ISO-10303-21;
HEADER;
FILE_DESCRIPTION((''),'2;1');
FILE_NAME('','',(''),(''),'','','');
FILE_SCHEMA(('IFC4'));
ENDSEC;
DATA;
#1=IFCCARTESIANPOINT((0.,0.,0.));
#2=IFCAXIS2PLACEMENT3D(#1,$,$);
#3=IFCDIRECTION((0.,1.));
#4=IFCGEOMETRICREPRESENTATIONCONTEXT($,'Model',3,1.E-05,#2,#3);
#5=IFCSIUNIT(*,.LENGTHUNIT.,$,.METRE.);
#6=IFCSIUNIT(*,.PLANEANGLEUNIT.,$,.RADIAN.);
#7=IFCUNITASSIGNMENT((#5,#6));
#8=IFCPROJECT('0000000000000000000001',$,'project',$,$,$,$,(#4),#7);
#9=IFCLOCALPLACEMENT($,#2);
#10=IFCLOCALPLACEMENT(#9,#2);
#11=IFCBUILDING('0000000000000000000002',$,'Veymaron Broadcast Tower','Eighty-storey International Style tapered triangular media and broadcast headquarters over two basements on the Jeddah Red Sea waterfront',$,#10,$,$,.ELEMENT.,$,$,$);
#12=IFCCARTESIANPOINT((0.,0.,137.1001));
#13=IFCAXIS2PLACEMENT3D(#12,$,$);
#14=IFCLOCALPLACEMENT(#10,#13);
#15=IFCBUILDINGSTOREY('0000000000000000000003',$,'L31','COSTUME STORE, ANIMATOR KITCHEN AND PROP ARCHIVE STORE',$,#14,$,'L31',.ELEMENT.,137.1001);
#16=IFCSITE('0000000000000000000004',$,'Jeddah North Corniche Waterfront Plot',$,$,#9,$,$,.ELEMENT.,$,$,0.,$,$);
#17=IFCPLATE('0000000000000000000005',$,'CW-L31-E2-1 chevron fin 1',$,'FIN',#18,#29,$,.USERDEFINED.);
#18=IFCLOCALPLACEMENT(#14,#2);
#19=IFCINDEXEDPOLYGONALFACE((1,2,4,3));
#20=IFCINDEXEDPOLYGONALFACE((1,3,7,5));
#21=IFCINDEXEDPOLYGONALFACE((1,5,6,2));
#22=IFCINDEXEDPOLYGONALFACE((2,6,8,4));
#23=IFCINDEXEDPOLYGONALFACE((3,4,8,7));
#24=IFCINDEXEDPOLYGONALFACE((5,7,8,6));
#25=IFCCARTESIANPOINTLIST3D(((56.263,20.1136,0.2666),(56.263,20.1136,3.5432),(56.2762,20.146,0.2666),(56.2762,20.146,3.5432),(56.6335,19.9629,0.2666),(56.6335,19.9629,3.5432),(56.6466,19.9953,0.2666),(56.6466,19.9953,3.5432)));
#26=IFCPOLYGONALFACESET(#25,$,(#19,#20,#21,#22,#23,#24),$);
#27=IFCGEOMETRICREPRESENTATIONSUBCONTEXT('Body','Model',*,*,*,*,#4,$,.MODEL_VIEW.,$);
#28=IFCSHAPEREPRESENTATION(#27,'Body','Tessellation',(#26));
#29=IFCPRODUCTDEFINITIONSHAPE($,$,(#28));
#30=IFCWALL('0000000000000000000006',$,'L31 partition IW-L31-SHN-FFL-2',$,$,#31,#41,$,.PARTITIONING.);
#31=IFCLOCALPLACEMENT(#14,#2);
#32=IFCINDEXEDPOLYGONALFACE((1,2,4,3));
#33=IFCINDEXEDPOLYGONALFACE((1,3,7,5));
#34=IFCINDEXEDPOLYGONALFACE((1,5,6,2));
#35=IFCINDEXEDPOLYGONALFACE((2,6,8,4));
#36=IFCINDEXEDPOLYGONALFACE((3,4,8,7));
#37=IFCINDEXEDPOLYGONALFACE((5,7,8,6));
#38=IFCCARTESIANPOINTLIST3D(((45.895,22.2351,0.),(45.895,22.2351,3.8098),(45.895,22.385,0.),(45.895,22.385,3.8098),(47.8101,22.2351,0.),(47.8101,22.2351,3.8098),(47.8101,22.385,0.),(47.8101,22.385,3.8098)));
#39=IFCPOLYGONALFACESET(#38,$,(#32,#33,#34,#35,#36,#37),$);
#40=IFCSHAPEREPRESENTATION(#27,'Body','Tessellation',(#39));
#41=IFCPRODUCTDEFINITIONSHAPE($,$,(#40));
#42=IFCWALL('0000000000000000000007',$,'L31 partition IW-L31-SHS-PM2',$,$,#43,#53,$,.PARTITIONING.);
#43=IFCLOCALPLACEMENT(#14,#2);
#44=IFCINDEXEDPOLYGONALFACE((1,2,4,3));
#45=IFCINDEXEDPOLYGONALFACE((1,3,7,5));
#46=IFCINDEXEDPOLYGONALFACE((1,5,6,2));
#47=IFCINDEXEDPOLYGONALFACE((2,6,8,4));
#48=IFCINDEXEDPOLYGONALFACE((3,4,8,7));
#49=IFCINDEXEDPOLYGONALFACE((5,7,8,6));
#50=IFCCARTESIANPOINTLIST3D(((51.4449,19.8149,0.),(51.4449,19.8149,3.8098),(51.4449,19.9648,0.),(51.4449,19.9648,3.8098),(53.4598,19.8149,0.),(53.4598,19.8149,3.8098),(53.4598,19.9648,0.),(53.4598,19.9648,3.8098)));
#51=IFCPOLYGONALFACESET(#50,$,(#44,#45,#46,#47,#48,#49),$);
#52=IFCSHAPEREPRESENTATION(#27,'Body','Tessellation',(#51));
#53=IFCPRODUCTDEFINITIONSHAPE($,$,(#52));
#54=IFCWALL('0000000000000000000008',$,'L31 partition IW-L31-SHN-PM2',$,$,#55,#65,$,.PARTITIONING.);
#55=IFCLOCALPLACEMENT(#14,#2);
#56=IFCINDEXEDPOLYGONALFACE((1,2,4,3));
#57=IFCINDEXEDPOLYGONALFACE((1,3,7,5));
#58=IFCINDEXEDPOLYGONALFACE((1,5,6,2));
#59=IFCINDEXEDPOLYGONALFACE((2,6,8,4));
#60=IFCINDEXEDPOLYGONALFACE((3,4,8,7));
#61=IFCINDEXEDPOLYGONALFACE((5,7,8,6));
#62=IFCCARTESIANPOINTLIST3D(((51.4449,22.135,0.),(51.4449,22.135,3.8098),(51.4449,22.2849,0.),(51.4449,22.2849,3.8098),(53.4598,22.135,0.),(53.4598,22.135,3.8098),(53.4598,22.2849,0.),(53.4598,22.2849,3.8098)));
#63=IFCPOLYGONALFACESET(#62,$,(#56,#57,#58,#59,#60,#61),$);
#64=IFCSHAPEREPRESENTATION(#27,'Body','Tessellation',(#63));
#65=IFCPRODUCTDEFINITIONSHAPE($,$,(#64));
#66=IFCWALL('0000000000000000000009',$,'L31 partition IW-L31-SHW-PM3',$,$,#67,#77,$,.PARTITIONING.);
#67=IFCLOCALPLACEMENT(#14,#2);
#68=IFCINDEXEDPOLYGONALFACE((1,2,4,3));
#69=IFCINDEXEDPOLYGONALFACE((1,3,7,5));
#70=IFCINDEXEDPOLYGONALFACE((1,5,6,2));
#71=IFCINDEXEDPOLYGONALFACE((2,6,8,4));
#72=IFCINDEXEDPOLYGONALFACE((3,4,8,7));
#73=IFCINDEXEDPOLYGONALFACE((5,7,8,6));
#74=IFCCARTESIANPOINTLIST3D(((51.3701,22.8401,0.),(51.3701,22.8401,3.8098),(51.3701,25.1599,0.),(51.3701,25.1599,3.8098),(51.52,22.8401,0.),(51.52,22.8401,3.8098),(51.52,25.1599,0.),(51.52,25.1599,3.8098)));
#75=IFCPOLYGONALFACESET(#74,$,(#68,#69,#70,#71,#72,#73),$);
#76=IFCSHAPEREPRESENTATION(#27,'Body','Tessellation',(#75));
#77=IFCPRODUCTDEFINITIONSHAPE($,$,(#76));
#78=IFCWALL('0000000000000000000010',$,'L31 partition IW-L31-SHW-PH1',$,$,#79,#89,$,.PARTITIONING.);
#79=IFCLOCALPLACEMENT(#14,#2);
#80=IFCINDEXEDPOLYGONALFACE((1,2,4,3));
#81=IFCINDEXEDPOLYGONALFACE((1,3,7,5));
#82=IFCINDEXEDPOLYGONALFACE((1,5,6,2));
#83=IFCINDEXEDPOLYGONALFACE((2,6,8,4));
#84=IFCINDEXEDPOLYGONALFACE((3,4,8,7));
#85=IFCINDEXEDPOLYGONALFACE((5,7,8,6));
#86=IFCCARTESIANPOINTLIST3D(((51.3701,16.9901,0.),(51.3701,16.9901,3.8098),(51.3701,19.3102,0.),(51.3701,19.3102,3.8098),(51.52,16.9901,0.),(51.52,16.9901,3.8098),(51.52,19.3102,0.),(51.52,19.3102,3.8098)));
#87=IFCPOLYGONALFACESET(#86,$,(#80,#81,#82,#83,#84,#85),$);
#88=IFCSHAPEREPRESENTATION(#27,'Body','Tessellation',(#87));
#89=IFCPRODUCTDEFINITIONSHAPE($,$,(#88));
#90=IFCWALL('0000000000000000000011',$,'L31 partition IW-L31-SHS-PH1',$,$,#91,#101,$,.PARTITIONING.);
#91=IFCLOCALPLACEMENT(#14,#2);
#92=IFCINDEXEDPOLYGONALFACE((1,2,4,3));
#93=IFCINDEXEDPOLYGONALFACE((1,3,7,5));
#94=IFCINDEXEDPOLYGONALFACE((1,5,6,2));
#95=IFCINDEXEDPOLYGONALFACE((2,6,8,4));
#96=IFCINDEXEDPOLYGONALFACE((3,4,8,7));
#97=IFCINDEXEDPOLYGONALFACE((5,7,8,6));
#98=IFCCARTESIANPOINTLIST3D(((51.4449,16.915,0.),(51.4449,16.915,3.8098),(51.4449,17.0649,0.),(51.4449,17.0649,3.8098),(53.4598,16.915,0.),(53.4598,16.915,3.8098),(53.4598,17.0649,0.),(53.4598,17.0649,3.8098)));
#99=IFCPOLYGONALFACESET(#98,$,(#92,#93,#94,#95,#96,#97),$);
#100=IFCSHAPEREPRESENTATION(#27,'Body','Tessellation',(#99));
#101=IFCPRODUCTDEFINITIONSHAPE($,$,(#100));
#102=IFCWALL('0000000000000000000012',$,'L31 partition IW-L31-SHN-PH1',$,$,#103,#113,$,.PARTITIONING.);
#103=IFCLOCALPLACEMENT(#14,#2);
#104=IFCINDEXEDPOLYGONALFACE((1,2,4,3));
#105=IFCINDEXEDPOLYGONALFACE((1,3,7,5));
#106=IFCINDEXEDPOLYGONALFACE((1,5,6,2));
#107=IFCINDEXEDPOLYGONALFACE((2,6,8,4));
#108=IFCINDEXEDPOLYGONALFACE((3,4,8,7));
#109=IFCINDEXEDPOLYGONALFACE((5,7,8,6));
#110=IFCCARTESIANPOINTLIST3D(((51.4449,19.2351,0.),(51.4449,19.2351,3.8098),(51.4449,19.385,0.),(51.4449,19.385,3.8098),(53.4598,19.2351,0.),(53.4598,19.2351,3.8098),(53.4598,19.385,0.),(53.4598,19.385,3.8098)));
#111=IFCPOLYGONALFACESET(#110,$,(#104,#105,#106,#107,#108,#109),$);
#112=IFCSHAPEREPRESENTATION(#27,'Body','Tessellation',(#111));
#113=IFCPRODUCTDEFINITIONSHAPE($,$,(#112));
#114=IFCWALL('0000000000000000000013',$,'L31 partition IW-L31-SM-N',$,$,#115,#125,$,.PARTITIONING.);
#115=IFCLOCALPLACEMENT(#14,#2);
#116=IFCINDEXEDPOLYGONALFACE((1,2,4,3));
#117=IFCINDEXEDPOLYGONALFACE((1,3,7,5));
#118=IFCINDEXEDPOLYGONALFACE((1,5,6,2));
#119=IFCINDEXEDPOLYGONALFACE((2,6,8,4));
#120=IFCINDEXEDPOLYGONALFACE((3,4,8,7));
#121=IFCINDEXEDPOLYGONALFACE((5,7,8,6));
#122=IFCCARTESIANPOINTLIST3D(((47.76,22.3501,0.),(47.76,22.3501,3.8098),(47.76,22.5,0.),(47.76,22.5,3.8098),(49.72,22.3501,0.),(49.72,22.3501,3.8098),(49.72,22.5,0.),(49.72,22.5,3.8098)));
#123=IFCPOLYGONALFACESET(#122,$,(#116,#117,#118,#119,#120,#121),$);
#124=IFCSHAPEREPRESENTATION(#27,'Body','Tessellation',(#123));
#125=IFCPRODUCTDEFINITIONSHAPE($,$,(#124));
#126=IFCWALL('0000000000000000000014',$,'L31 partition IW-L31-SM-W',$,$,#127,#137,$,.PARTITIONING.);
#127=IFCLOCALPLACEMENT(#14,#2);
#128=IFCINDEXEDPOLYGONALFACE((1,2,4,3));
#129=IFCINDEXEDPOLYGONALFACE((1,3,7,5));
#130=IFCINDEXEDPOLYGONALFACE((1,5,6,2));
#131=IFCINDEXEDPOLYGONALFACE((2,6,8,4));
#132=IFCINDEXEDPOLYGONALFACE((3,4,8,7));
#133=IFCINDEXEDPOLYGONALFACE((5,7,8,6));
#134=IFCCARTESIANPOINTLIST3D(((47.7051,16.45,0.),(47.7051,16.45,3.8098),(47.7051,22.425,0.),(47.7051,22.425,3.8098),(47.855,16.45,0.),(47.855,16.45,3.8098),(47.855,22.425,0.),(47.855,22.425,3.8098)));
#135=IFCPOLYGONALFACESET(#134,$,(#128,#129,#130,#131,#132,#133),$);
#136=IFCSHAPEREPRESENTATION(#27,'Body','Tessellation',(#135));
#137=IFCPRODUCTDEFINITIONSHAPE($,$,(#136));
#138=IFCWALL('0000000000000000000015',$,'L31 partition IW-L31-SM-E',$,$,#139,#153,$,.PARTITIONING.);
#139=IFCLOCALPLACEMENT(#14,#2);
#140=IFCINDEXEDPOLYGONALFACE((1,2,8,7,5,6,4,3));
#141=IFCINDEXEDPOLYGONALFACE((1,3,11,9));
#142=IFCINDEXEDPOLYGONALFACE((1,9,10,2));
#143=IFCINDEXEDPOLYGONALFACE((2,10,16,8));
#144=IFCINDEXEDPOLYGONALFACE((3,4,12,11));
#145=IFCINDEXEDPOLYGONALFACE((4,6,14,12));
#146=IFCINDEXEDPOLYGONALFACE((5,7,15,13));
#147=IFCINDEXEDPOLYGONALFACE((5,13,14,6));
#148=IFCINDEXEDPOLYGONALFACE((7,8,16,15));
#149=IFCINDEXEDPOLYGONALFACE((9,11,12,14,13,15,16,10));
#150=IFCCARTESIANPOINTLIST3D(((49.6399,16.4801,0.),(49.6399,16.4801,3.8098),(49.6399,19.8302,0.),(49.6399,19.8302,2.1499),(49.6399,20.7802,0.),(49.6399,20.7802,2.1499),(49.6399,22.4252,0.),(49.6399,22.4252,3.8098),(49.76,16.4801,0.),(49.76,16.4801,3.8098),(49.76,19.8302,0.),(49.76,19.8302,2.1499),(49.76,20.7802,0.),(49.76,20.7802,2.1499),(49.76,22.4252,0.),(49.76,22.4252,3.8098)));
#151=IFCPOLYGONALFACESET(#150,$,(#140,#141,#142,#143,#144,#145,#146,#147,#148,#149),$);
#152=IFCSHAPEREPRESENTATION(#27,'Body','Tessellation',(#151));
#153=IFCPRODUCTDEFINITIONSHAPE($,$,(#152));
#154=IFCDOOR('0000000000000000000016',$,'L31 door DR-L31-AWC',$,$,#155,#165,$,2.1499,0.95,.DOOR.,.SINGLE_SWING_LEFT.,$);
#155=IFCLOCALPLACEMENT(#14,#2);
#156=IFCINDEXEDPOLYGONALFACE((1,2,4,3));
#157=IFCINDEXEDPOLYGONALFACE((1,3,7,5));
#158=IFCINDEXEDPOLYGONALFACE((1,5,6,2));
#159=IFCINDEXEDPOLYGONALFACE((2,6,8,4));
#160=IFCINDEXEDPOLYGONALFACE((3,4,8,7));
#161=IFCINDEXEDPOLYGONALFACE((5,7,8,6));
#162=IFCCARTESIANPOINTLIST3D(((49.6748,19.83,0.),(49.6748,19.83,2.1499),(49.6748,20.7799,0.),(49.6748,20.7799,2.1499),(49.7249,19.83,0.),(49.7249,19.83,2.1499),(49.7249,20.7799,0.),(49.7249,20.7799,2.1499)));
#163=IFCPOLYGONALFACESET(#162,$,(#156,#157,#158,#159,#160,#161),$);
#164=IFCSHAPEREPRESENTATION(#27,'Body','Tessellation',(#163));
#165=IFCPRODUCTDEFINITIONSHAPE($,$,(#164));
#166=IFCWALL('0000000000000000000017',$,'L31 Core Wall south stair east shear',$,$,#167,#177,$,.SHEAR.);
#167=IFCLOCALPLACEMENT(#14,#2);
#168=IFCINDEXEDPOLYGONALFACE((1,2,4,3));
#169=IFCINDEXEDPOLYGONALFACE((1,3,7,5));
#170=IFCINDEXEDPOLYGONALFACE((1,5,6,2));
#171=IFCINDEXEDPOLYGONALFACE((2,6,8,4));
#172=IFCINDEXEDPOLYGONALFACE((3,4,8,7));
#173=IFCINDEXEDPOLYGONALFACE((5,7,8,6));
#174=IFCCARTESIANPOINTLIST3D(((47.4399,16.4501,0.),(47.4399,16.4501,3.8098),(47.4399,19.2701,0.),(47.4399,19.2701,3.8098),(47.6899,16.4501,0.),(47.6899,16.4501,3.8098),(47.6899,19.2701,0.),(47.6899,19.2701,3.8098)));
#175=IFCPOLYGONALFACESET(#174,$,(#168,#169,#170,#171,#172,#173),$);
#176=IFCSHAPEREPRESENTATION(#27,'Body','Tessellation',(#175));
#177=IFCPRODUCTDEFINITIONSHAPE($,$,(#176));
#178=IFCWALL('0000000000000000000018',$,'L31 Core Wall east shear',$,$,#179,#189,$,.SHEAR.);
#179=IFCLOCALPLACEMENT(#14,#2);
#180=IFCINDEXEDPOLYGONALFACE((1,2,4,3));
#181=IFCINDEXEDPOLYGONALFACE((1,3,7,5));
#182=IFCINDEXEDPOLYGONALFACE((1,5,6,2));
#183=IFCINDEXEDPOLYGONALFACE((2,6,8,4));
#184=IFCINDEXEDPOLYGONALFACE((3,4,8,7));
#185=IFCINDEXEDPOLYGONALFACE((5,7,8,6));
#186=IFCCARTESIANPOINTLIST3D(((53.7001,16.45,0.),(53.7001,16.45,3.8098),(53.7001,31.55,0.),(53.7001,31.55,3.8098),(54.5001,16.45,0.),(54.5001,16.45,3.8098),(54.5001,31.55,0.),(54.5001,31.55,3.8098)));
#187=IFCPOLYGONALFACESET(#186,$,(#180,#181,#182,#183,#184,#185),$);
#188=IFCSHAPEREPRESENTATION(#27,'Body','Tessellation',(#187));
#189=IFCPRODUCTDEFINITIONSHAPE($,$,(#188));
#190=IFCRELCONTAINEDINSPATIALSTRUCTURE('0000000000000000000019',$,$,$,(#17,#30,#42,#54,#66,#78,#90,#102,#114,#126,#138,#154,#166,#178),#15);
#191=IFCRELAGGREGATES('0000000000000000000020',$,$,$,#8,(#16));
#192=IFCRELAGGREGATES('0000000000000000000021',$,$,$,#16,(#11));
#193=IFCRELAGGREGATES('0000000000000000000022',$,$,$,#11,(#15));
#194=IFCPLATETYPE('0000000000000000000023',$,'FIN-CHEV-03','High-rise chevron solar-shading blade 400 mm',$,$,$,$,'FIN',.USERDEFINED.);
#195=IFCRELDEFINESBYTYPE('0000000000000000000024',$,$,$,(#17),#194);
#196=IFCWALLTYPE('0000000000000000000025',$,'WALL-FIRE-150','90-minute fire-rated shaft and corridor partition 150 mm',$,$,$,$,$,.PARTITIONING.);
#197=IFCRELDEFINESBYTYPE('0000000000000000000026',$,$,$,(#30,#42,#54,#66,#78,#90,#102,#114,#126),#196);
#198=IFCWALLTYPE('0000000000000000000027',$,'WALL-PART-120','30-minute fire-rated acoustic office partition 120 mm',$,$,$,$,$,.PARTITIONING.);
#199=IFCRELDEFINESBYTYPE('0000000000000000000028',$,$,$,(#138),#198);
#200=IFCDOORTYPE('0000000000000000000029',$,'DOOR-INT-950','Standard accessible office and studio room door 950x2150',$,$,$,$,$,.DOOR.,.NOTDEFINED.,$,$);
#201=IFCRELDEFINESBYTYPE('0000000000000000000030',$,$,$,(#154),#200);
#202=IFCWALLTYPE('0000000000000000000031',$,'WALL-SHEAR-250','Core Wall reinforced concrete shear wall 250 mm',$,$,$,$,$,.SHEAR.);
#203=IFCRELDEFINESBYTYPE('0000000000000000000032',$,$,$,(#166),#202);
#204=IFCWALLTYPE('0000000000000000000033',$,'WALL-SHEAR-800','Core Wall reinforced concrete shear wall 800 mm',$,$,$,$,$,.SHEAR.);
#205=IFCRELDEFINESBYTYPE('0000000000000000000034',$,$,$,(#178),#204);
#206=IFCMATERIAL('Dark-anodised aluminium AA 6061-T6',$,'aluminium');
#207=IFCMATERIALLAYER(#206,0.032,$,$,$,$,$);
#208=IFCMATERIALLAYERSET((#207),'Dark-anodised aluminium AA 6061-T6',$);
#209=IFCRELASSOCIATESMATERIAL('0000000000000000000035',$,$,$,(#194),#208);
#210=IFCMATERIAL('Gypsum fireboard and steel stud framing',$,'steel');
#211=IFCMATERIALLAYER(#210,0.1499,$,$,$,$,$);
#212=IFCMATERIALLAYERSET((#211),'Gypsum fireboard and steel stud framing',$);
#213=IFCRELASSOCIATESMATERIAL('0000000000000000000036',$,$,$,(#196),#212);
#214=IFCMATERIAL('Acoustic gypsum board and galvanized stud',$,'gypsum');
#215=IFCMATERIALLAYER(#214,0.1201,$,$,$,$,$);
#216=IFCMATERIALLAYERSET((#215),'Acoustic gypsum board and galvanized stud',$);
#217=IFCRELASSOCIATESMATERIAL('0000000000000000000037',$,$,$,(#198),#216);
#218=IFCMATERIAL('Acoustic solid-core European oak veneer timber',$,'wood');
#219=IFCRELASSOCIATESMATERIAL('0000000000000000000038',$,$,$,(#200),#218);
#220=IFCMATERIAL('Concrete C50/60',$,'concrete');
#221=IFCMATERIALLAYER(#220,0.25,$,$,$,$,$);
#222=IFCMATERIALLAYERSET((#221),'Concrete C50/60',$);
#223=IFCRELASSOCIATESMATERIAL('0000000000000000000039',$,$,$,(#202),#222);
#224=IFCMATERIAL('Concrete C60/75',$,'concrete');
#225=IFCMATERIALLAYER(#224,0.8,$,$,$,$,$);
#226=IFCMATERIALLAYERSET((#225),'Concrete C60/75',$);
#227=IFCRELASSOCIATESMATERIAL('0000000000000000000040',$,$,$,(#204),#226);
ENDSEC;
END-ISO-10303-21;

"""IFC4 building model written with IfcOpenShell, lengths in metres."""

from ifc_helpers import new_model, si_unit, direction, frame, frame_2d, origin, origin_2d, place, context, subcontext, project, spatial, rectangle, extrude, material, layer, layer_set, type_object, element, fill, save


model = new_model("IFC4")

# Units and contexts
model_context = context("Model", 3, precision=1e-05, world=origin(), true_north=direction((0.0, 1.0)))
body_context = subcontext(model_context, "Body", "Model", "MODEL_VIEW")
ifc_project = project(units=[si_unit("LENGTHUNIT", "METRE"), si_unit("PLANEANGLEUNIT", "RADIAN")], contexts=[model_context])

# Site, building, storey
site_placement = place(None, origin())
site = spatial("IfcSite", under=ifc_project, at=site_placement, Name="Jeddah North Corniche Waterfront Plot", CompositionType="ELEMENT", RefElevation=0.0)
building_placement = place(site_placement, origin())
building = spatial("IfcBuilding", under=site, at=building_placement, Name="Veymaron Broadcast Tower", Description="Eighty-storey International Style tapered triangular media and broadcast headquarters over two basements on the Jeddah Red Sea waterfront", CompositionType="ELEMENT")
storey_placement = place(building_placement, frame((0.0, 0.0, 137.1001)))
storey = spatial("IfcBuildingStorey", under=building, at=storey_placement, Name="L31", Description="COSTUME STORE, ANIMATOR KITCHEN AND PROP ARCHIVE STORE", LongName="L31", CompositionType="ELEMENT", Elevation=137.1001)

# Plate
ifc_material_1 = material(Name="Dark-anodised aluminium AA 6061-T6", Category="aluminium")
ifc_layer_1 = layer(ifc_material_1, 0.032)
ifc_layer_set_1 = layer_set([ifc_layer_1], Name="Dark-anodised aluminium AA 6061-T6")
plate_type_1 = type_object("IfcPlateType", Name="FIN-CHEV-03", Description="High-rise chevron solar-shading blade 400 mm", ElementType="FIN", PredefinedType="USERDEFINED", material=ifc_layer_set_1)
plate_1_placement = place(storey_placement, frame((56.4548, 20.0544, 0.2666), z_axis=(0.0, 0.0, 1.0), x_axis=(0.926266, -0.376871, 0.0)))
element("IfcPlate", 1, at=plate_1_placement, inside=storey, type_object=plate_type_1, Name="CW-L31-E2-1 chevron fin 1", ObjectType="FIN", PredefinedType="USERDEFINED", context=body_context, shape_type="SweptSolid", body=[
    extrude(rectangle(XDim=0.3999, YDim=0.0349, at=origin_2d()), origin(), (0.0, 0.0, 1.0), 3.2766),
])

# Shared definitions
ifc_material_2 = material(Name="Gypsum fireboard and steel stud framing", Category="steel")
ifc_layer_2 = layer(ifc_material_2, 0.1499)
ifc_layer_set_2 = layer_set([ifc_layer_2], Name="Gypsum fireboard and steel stud framing")
wall_type_1 = type_object("IfcWallType", Name="WALL-FIRE-150", Description="90-minute fire-rated shaft and corridor partition 150 mm", PredefinedType="PARTITIONING", material=ifc_layer_set_2)

# Wall
wall_1_placement = place(storey_placement, frame((45.895, 22.3101, 0.0), z_axis=(0.0, 0.0, 1.0), x_axis=(1.0, 0.0, 0.0)))
element("IfcWall", 2, at=wall_1_placement, inside=storey, type_object=wall_type_1, Name="L31 partition IW-L31-SHN-FFL-2", PredefinedType="PARTITIONING", context=body_context, shape_type="SweptSolid", body=[
    extrude(rectangle(XDim=1.915, YDim=0.1499, at=frame_2d((0.9575, 0.0))), origin(), (0.0, 0.0, 1.0), 3.8098),
])

# Walls
for number, where, z_axis, x_axis, name in (
    (3, (51.4451, 19.8899, 0.0), (0.0, 0.0, 1.0), (1.0, 0.0, 0.0), "L31 partition IW-L31-SHS-PM2"),
    (4, (51.4451, 22.21, 0.0), (0.0, 0.0, 1.0), (1.0, 0.0, 0.0), "L31 partition IW-L31-SHN-PM2"),
):
    element("IfcWall", number, at=place(storey_placement, frame(where, z_axis=z_axis, x_axis=x_axis)), inside=storey, type_object=wall_type_1, Name=name, PredefinedType="PARTITIONING", context=body_context, shape_type="SweptSolid", body=[
        extrude(rectangle(XDim=2.0149, YDim=0.1499, at=frame_2d((1.0073, 0.0))), origin(), (0.0, 0.0, 1.0), 3.8098),
    ])
wall_2_placement = place(storey_placement, frame((51.4451, 22.8401, 0.0), z_axis=(0.0, 0.0, 1.0), x_axis=(0.0, 1.0, 0.0)))
element("IfcWall", 5, at=wall_2_placement, inside=storey, type_object=wall_type_1, Name="L31 partition IW-L31-SHW-PM3", PredefinedType="PARTITIONING", context=body_context, shape_type="SweptSolid", body=[
    extrude(rectangle(XDim=2.3198, YDim=0.1499, at=frame_2d((1.1599, 0.0))), origin(), (0.0, 0.0, 1.0), 3.8098),
])
wall_3_placement = place(storey_placement, frame((51.4451, 16.99, 0.0), z_axis=(0.0, 0.0, 1.0), x_axis=(0.0, 1.0, 0.0)))
element("IfcWall", 6, at=wall_3_placement, inside=storey, type_object=wall_type_1, Name="L31 partition IW-L31-SHW-PH1", PredefinedType="PARTITIONING", context=body_context, shape_type="SweptSolid", body=[
    extrude(rectangle(XDim=2.3201, YDim=0.1499, at=frame_2d((1.1602, 0.0))), origin(), (0.0, 0.0, 1.0), 3.8098),
])
for number, where, z_axis, x_axis, name in (
    (7, (51.4451, 16.99, 0.0), (0.0, 0.0, 1.0), (1.0, 0.0, 0.0), "L31 partition IW-L31-SHS-PH1"),
    (8, (51.4451, 19.3101, 0.0), (0.0, 0.0, 1.0), (1.0, 0.0, 0.0), "L31 partition IW-L31-SHN-PH1"),
):
    element("IfcWall", number, at=place(storey_placement, frame(where, z_axis=z_axis, x_axis=x_axis)), inside=storey, type_object=wall_type_1, Name=name, PredefinedType="PARTITIONING", context=body_context, shape_type="SweptSolid", body=[
        extrude(rectangle(XDim=2.0149, YDim=0.1499, at=frame_2d((1.0073, 0.0))), origin(), (0.0, 0.0, 1.0), 3.8098),
    ])

# Walls
wall_4_placement = place(storey_placement, frame((47.76, 22.425, 0.0), z_axis=(0.0, 0.0, 1.0), x_axis=(1.0, 0.0, 0.0)))
element("IfcWall", 9, at=wall_4_placement, inside=storey, type_object=wall_type_1, Name="L31 partition IW-L31-SM-N", PredefinedType="PARTITIONING", context=body_context, shape_type="SweptSolid", body=[
    extrude(rectangle(XDim=1.96, YDim=0.1499, at=frame_2d((0.98, 0.0))), origin(), (0.0, 0.0, 1.0), 3.8098),
])
wall_5_placement = place(storey_placement, frame((47.78, 16.45, 0.0), z_axis=(0.0, 0.0, 1.0), x_axis=(0.0, 1.0, 0.0)))
element("IfcWall", 10, at=wall_5_placement, inside=storey, type_object=wall_type_1, Name="L31 partition IW-L31-SM-W", PredefinedType="PARTITIONING", context=body_context, shape_type="SweptSolid", body=[
    extrude(rectangle(XDim=5.9751, YDim=0.1499, at=frame_2d((2.9875, 0.0))), origin(), (0.0, 0.0, 1.0), 3.8098),
])

# Wall, opening, door
ifc_material_3 = material(Name="Acoustic gypsum board and galvanized stud", Category="gypsum")
ifc_layer_3 = layer(ifc_material_3, 0.1201)
ifc_layer_set_3 = layer_set([ifc_layer_3], Name="Acoustic gypsum board and galvanized stud")
wall_type_2 = type_object("IfcWallType", Name="WALL-PART-120", Description="30-minute fire-rated acoustic office partition 120 mm", PredefinedType="PARTITIONING", material=ifc_layer_set_3)
wall_6_placement = place(storey_placement, frame((49.7, 16.48, 0.0), z_axis=(0.0, 0.0, 1.0), x_axis=(0.0, 1.0, 0.0)))
wall_6 = element("IfcWall", 11, at=wall_6_placement, inside=storey, type_object=wall_type_2, Name="L31 partition IW-L31-SM-E", PredefinedType="PARTITIONING", context=body_context, shape_type="SweptSolid", body=[
    extrude(rectangle(XDim=5.9451, YDim=0.1201, at=frame_2d((2.9727, 0.0))), origin(), (0.0, 0.0, 1.0), 3.8098),
])
opening_1_placement = place(wall_6_placement, frame((3.3501, 0.0, 0.0)))
opening_1 = element("IfcOpeningElement", 12, at=opening_1_placement, cuts=wall_6, PredefinedType="OPENING", context=body_context, shape_type="SweptSolid", body=[
    extrude(rectangle(XDim=0.95, YDim=2.1499, at=frame_2d((0.4751, 1.075))), frame((0.0, 0.0701, 0.0), z_axis=(0.0, -1.0, 0.0), x_axis=(1.0, 0.0, 0.0)), (0.0, 0.0, 1.0), 0.1401),
])
ifc_material_4 = material(Name="Acoustic solid-core European oak veneer timber", Category="wood")
door_type_1 = type_object("IfcDoorType", Name="DOOR-INT-950", Description="Standard accessible office and studio room door 950x2150", OperationType="NOTDEFINED", PredefinedType="DOOR", material=ifc_material_4)
door_1_placement = place(opening_1_placement, frame((0.95, 0.0, 0.0), z_axis=(0.0, 0.0, 1.0), x_axis=(-1.0, 0.0, 0.0)))
door_1 = element("IfcDoor", 13, at=door_1_placement, inside=storey, type_object=door_type_1, Name="L31 door DR-L31-AWC", OperationType="SINGLE_SWING_LEFT", OverallHeight=2.1499, OverallWidth=0.95, PredefinedType="DOOR", context=body_context, shape_type="SweptSolid", body=[
    extrude(rectangle(XDim=0.95, YDim=2.1499, at=frame_2d((0.4751, 1.075))), frame((0.0, 0.0249, 0.0), z_axis=(0.0, -1.0, 0.0), x_axis=(1.0, 0.0, 0.0)), (0.0, 0.0, 1.0), 0.05),
])
fill(opening_1, door_1)

# Walls
ifc_material_5 = material(Name="Concrete C50/60", Category="concrete")
ifc_layer_4 = layer(ifc_material_5, 0.25)
ifc_layer_set_4 = layer_set([ifc_layer_4], Name="Concrete C50/60")
wall_type_3 = type_object("IfcWallType", Name="WALL-SHEAR-250", Description="Core Wall reinforced concrete shear wall 250 mm", PredefinedType="SHEAR", material=ifc_layer_set_4)
wall_7_placement = place(storey_placement, frame((47.5649, 16.45, 0.0), z_axis=(0.0, 0.0, 1.0), x_axis=(0.0, 1.0, 0.0)))
element("IfcWall", 14, at=wall_7_placement, inside=storey, type_object=wall_type_3, Name="L31 Core Wall south stair east shear", PredefinedType="SHEAR", context=body_context, shape_type="SweptSolid", body=[
    extrude(rectangle(XDim=2.8201, YDim=0.25, at=frame_2d((1.4102, 0.0))), origin(), (0.0, 0.0, 1.0), 3.8098),
])
ifc_material_6 = material(Name="Concrete C60/75", Category="concrete")
ifc_layer_5 = layer(ifc_material_6, 0.8)
ifc_layer_set_5 = layer_set([ifc_layer_5], Name="Concrete C60/75")
wall_type_4 = type_object("IfcWallType", Name="WALL-SHEAR-800", Description="Core Wall reinforced concrete shear wall 800 mm", PredefinedType="SHEAR", material=ifc_layer_set_5)
wall_8_placement = place(storey_placement, frame((54.1001, 16.45, 0.0), z_axis=(0.0, 0.0, 1.0), x_axis=(0.0, 1.0, 0.0)))
element("IfcWall", 15, at=wall_8_placement, inside=storey, type_object=wall_type_4, Name="L31 Core Wall east shear", PredefinedType="SHEAR", context=body_context, shape_type="SweptSolid", body=[
    extrude(rectangle(XDim=15.1001, YDim=0.8, at=frame_2d((7.55, 0.0))), origin(), (0.0, 0.0, 1.0), 3.8098),
])

save(model, "model.ifc")
